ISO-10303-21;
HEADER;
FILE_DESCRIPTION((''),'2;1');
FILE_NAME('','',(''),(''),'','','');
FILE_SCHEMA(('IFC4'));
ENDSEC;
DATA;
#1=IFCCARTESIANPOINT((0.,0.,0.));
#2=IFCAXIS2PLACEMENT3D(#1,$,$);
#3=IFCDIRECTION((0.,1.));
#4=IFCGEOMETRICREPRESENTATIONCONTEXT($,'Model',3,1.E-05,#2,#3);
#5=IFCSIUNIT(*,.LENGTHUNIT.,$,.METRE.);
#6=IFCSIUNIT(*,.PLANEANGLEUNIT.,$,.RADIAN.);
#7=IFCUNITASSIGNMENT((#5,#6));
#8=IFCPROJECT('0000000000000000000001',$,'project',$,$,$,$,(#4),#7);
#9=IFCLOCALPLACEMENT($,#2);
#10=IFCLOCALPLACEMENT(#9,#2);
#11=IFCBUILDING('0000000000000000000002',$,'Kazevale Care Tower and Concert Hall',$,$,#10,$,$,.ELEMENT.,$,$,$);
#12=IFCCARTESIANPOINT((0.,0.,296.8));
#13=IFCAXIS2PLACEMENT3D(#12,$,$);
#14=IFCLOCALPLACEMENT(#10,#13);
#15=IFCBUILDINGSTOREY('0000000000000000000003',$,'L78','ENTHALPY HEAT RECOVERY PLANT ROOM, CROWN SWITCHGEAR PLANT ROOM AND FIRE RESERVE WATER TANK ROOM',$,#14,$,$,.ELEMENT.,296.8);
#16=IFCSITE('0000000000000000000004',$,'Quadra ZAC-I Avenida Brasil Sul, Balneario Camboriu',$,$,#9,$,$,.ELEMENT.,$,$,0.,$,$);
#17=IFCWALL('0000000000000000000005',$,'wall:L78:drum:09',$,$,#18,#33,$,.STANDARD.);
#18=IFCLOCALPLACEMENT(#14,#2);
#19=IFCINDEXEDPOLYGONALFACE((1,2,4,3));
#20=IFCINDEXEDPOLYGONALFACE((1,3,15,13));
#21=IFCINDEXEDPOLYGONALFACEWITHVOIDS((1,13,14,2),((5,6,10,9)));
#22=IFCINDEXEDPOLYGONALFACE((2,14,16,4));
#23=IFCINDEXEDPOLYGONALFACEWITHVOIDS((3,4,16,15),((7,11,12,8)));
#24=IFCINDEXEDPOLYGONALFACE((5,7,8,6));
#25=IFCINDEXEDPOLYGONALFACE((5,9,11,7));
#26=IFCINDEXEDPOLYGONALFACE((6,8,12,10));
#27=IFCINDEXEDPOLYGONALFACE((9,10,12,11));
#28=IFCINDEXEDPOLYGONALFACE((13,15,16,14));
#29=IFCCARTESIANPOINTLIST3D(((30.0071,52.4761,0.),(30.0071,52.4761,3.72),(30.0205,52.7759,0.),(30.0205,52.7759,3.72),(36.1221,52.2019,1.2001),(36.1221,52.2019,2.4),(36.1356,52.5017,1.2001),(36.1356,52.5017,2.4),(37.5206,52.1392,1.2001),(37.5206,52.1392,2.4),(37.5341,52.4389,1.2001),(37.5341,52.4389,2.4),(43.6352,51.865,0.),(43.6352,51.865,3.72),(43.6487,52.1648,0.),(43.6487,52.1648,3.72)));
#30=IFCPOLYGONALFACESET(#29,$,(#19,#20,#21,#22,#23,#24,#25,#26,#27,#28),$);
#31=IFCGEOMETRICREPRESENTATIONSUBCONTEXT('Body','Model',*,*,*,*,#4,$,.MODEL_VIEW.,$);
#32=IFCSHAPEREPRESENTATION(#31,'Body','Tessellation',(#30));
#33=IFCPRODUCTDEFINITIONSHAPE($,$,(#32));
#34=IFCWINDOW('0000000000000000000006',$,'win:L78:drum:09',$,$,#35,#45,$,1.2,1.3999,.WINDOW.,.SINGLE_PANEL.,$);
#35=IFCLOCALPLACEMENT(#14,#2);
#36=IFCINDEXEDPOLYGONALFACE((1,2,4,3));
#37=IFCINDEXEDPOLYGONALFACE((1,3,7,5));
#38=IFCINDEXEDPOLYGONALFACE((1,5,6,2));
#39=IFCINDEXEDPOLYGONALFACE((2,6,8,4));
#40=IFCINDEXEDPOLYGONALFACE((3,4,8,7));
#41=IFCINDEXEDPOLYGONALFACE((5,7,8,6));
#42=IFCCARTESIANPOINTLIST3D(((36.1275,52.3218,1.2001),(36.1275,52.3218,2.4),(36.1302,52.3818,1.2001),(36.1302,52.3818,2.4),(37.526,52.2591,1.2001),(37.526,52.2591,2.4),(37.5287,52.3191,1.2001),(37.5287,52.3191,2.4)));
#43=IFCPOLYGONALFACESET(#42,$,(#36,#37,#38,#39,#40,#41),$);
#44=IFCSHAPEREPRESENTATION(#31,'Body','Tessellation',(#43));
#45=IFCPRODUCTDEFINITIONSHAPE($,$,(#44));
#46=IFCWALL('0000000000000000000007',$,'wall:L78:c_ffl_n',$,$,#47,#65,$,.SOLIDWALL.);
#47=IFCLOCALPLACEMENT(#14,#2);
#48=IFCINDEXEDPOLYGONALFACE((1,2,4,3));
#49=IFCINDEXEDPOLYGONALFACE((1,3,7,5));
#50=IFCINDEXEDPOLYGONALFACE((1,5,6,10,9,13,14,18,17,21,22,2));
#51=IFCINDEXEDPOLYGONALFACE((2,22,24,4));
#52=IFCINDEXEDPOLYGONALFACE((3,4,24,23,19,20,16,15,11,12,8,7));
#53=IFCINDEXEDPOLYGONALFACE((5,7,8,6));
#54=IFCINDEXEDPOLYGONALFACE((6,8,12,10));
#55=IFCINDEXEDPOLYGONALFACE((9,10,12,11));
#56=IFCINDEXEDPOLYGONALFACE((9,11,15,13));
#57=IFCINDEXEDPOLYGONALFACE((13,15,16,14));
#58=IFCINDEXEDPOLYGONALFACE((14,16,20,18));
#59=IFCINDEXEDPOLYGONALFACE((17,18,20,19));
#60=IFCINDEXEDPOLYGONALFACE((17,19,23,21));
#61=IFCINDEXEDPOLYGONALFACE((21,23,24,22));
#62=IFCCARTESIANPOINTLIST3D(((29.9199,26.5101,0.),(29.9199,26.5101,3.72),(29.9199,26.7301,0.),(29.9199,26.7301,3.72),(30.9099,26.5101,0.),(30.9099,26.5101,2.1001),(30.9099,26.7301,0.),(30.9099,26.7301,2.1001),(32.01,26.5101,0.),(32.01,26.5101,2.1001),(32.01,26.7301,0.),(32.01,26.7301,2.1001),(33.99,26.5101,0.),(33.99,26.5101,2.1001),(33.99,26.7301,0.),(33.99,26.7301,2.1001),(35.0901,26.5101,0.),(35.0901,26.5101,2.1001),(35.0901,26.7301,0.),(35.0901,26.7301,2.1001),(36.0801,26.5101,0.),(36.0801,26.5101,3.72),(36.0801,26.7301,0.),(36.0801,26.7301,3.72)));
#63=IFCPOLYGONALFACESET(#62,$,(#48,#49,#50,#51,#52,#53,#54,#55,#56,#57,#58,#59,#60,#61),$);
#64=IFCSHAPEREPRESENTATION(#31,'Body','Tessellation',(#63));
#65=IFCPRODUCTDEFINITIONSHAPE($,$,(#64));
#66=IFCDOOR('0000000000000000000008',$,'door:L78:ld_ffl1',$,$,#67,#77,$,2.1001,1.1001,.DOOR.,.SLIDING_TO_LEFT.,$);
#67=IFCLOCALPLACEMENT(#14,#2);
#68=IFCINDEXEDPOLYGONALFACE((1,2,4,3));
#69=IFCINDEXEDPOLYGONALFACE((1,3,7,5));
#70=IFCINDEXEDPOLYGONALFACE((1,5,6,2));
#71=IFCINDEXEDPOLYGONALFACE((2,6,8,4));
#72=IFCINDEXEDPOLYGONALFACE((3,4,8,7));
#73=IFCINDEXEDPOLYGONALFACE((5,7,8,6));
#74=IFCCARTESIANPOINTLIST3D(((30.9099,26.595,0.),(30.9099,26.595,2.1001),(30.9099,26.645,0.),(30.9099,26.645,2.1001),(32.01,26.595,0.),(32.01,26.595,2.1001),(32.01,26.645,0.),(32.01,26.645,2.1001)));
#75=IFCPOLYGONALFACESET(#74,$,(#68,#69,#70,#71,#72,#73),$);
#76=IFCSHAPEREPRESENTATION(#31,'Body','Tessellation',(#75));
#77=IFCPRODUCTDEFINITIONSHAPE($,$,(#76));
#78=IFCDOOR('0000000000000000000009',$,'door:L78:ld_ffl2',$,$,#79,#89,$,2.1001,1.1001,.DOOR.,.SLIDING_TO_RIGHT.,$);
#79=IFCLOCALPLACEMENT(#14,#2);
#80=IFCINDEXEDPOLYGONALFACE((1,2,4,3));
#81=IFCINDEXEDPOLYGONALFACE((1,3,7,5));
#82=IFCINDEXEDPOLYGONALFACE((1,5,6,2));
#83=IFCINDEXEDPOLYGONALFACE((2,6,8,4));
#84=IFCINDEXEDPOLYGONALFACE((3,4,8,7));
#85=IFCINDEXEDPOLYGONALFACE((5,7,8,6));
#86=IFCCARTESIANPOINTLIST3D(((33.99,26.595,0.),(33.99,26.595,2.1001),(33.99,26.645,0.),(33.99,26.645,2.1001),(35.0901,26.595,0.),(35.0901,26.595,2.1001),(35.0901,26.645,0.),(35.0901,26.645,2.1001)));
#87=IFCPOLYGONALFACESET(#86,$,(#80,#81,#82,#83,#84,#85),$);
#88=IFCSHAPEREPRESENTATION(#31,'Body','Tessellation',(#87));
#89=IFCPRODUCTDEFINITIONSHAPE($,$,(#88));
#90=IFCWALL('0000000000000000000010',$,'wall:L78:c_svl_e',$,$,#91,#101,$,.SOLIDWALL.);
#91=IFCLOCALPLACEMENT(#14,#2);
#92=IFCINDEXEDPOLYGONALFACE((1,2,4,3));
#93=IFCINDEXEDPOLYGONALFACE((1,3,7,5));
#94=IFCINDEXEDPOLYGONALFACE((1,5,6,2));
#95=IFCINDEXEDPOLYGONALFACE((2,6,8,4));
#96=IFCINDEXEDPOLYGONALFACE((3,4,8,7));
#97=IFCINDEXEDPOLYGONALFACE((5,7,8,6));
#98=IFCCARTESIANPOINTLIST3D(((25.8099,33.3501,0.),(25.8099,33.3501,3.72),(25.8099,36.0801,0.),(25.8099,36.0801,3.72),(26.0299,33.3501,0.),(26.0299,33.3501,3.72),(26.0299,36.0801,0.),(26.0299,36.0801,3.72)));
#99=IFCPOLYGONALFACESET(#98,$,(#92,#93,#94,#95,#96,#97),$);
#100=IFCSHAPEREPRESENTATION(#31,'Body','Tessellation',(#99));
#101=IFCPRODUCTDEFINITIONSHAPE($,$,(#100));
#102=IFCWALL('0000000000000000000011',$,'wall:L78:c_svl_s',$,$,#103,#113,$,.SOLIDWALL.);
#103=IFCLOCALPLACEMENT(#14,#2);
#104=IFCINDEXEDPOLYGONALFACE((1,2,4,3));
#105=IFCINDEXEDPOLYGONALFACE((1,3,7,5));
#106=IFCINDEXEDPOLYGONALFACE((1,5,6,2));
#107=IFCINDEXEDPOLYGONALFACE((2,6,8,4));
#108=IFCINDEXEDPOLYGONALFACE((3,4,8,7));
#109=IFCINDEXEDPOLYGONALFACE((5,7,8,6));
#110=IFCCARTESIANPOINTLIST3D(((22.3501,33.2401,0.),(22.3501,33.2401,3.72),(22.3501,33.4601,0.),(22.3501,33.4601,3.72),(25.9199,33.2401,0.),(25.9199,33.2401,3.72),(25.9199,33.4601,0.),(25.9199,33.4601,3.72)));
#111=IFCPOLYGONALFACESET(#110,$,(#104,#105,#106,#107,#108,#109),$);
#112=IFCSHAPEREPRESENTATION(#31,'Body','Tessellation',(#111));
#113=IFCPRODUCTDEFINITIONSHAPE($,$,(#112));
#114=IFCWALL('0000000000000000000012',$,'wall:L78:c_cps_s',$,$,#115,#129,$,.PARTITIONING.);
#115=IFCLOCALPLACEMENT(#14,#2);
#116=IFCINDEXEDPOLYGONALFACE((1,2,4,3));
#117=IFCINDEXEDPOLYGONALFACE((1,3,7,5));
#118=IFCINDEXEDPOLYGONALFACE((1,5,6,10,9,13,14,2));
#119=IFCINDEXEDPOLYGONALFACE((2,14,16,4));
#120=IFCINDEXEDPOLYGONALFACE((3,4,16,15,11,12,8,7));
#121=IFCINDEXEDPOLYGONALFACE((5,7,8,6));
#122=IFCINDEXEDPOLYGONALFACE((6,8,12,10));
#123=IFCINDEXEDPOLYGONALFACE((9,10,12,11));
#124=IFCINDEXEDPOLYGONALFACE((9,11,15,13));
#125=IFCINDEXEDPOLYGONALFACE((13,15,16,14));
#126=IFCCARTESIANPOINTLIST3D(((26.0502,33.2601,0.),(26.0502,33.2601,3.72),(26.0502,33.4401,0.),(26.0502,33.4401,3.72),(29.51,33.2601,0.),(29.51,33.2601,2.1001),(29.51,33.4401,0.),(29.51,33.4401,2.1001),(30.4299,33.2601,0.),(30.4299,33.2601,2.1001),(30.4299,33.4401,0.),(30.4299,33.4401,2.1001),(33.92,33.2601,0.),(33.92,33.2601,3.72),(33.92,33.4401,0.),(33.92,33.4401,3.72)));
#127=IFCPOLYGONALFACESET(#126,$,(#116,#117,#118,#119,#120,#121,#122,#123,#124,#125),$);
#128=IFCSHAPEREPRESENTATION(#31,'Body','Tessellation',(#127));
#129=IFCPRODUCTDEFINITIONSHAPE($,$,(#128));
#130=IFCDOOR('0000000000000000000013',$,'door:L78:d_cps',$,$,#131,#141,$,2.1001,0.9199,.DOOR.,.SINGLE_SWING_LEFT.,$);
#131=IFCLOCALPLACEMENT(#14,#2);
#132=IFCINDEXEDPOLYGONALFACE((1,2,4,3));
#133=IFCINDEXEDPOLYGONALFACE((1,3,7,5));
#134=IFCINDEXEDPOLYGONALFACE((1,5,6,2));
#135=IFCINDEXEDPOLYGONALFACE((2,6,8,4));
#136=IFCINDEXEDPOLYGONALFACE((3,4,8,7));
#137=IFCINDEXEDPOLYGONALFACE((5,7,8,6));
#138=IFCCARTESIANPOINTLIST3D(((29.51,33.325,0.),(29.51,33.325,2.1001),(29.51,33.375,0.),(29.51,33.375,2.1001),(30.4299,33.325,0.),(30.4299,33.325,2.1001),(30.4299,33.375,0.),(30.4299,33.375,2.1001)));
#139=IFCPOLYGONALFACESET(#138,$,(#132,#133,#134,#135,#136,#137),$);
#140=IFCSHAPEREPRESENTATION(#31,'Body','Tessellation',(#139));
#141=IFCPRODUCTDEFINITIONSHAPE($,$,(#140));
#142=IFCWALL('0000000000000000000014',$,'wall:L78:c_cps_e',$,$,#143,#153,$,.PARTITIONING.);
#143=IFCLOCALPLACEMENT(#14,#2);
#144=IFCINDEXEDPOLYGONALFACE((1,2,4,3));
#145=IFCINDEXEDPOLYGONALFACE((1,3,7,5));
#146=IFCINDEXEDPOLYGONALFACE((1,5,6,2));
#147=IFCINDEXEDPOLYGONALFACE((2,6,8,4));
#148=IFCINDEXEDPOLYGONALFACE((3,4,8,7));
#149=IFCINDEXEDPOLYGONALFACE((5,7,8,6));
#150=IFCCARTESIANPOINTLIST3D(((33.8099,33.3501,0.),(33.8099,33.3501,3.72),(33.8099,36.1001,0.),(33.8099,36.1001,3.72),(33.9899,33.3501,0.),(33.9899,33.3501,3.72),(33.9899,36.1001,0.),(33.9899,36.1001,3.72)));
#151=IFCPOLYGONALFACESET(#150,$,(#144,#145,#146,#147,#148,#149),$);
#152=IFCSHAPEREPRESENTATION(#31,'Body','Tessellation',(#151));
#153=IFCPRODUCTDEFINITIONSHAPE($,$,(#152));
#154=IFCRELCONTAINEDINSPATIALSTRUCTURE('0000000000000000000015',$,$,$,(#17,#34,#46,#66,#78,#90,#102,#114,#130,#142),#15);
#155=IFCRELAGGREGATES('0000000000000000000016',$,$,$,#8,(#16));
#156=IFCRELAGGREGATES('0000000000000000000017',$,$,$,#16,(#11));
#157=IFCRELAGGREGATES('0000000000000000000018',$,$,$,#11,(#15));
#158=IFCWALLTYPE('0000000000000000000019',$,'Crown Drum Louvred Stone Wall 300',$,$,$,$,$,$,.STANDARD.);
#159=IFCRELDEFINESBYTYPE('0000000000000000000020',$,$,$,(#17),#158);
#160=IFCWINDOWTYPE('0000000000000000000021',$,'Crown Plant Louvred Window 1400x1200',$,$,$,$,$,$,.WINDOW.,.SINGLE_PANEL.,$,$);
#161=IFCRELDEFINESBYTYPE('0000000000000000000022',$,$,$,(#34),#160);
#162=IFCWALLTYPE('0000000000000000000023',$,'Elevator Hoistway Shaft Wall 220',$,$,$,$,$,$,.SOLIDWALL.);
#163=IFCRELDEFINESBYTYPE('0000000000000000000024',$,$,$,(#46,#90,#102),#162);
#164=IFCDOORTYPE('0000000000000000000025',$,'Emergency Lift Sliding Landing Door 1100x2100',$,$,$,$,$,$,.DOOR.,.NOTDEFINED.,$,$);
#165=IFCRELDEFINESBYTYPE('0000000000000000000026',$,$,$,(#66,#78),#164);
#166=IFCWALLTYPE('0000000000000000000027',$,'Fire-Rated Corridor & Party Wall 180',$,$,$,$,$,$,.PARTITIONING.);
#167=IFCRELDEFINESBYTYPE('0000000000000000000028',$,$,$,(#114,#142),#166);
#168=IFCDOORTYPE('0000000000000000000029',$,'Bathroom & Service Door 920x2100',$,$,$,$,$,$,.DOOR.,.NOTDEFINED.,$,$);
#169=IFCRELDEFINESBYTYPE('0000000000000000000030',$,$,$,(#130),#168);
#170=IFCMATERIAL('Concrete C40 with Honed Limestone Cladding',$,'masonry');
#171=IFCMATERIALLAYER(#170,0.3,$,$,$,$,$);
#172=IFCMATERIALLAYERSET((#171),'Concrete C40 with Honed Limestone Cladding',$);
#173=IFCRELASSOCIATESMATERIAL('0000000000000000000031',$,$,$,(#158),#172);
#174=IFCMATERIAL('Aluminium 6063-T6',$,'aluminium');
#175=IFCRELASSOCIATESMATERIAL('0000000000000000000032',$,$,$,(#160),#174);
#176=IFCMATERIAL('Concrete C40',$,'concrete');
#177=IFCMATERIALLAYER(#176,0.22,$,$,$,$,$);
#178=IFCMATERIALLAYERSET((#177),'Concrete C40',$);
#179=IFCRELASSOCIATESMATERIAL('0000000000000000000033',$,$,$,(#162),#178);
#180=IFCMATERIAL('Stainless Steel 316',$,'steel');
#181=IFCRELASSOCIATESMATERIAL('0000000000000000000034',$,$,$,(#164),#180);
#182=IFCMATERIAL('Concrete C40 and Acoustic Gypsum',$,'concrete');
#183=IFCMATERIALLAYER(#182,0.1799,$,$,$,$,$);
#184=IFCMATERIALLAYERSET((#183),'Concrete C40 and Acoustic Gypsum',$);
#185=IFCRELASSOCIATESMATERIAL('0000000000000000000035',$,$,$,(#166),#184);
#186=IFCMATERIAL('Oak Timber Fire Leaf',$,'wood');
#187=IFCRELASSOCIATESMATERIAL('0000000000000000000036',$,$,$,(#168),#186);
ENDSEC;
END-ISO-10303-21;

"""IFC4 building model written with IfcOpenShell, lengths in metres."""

from ifc_helpers import new_model, si_unit, direction, frame, frame_2d, origin, place, context, subcontext, project, spatial, rectangle, extrude, material, layer, layer_set, type_object, element, fill, save


model = new_model("IFC4")

# Units and contexts
model_context = context("Model", 3, precision=1e-05, world=origin(), true_north=direction((0.0, 1.0)))
body_context = subcontext(model_context, "Body", "Model", "MODEL_VIEW")
ifc_project = project(units=[si_unit("LENGTHUNIT", "METRE"), si_unit("PLANEANGLEUNIT", "RADIAN")], contexts=[model_context])

# Site, building, storey
site_placement = place(None, origin())
site = spatial("IfcSite", under=ifc_project, at=site_placement, Name="Quadra ZAC-I Avenida Brasil Sul, Balneario Camboriu", CompositionType="ELEMENT", RefElevation=0.0)
building_placement = place(site_placement, origin())
building = spatial("IfcBuilding", under=site, at=building_placement, Name="Kazevale Care Tower and Concert Hall", CompositionType="ELEMENT")
storey_placement = place(building_placement, frame((0.0, 0.0, 296.8)))
storey = spatial("IfcBuildingStorey", under=building, at=storey_placement, Name="L78", Description="ENTHALPY HEAT RECOVERY PLANT ROOM, CROWN SWITCHGEAR PLANT ROOM AND FIRE RESERVE WATER TANK ROOM", CompositionType="ELEMENT", Elevation=296.8)

# Shared definitions
ifc_material_1 = material(Name="Concrete C40 with Honed Limestone Cladding", Category="masonry")
ifc_layer_1 = layer(ifc_material_1, 0.3)
ifc_layer_set_1 = layer_set([ifc_layer_1], Name="Concrete C40 with Honed Limestone Cladding")
wall_type_1 = type_object("IfcWallType", Name="Crown Drum Louvred Stone Wall 300", PredefinedType="STANDARD", material=ifc_layer_set_1)

# Shared definitions
ifc_material_2 = material(Name="Aluminium 6063-T6", Category="aluminium")
window_type = type_object("IfcWindowType", Name="Crown Plant Louvred Window 1400x1200", PartitioningType="SINGLE_PANEL", PredefinedType="WINDOW", material=ifc_material_2)

# Wall, opening, window
wall_1_placement = place(storey_placement, frame((30.0139, 52.626, 0.0), z_axis=(0.0, 0.0, 1.0), x_axis=(0.998996, -0.044795, 0.0)))
wall_1 = element("IfcWall", 1, at=wall_1_placement, inside=storey, type_object=wall_type_1, Name="wall:L78:drum:09", PredefinedType="STANDARD", context=body_context, shape_type="SweptSolid", body=[
    extrude(rectangle(XDim=13.6418, YDim=0.3, at=frame_2d((6.8208, 0.0))), origin(), (0.0, 0.0, 1.0), 3.72),
])
opening_1_placement = place(wall_1_placement, frame((6.1211, 0.0, 1.2)))
opening_1 = element("IfcOpeningElement", 2, at=opening_1_placement, cuts=wall_1, PredefinedType="OPENING", context=body_context, shape_type="SweptSolid", body=[
    extrude(rectangle(XDim=1.3999, YDim=1.2, at=frame_2d((0.7, 0.6001))), frame((0.0, 0.1599, 0.0), z_axis=(0.0, -1.0, 0.0), x_axis=(1.0, 0.0, 0.0)), (0.0, 0.0, 1.0), 0.3201),
])
window_1_placement = place(opening_1_placement, origin())
window_1 = element("IfcWindow", 3, at=window_1_placement, inside=storey, type_object=window_type, Name="win:L78:drum:09", OverallHeight=1.2, OverallWidth=1.3999, PartitioningType="SINGLE_PANEL", PredefinedType="WINDOW", context=body_context, shape_type="SweptSolid", body=[
    extrude(rectangle(XDim=1.3999, YDim=1.2, at=frame_2d((0.7, 0.6001))), frame((0.0, 0.03, 0.0), z_axis=(0.0, -1.0, 0.0), x_axis=(1.0, 0.0, 0.0)), (0.0, 0.0, 1.0), 0.0601),
])
fill(opening_1, window_1)

# Wall, openings, doors
ifc_material_3 = material(Name="Concrete C40", Category="concrete")
ifc_layer_2 = layer(ifc_material_3, 0.22)
ifc_layer_set_2 = layer_set([ifc_layer_2], Name="Concrete C40")
wall_type_2 = type_object("IfcWallType", Name="Elevator Hoistway Shaft Wall 220", PredefinedType="SOLIDWALL", material=ifc_layer_set_2)
wall_2_placement = place(storey_placement, frame((29.9199, 26.6201, 0.0), z_axis=(0.0, 0.0, 1.0), x_axis=(1.0, 0.0, 0.0)))
wall_2 = element("IfcWall", 4, at=wall_2_placement, inside=storey, type_object=wall_type_2, Name="wall:L78:c_ffl_n", PredefinedType="SOLIDWALL", context=body_context, shape_type="SweptSolid", body=[
    extrude(rectangle(XDim=6.1602, YDim=0.22, at=frame_2d((3.0801, 0.0))), origin(), (0.0, 0.0, 1.0), 3.72),
])
opening_2_placement = place(wall_2_placement, frame((0.99, 0.0, 0.0)))
opening_2 = element("IfcOpeningElement", 5, at=opening_2_placement, cuts=wall_2, PredefinedType="OPENING", context=body_context, shape_type="SweptSolid", body=[
    extrude(rectangle(XDim=1.1001, YDim=2.1001, at=frame_2d((0.55, 1.05))), frame((0.0, 0.1199, 0.0), z_axis=(0.0, -1.0, 0.0), x_axis=(1.0, 0.0, 0.0)), (0.0, 0.0, 1.0), 0.24),
])
opening_3_placement = place(wall_2_placement, frame((4.0701, 0.0, 0.0)))
opening_3 = element("IfcOpeningElement", 6, at=opening_3_placement, cuts=wall_2, PredefinedType="OPENING", context=body_context, shape_type="SweptSolid", body=[
    extrude(rectangle(XDim=1.1001, YDim=2.1001, at=frame_2d((0.55, 1.05))), frame((0.0, 0.1199, 0.0), z_axis=(0.0, -1.0, 0.0), x_axis=(1.0, 0.0, 0.0)), (0.0, 0.0, 1.0), 0.24),
])
ifc_material_4 = material(Name="Stainless Steel 316", Category="steel")
door_type_1 = type_object("IfcDoorType", Name="Emergency Lift Sliding Landing Door 1100x2100", OperationType="NOTDEFINED", PredefinedType="DOOR", material=ifc_material_4)
door_1_placement = place(opening_2_placement, origin())
door_1 = element("IfcDoor", 7, at=door_1_placement, inside=storey, type_object=door_type_1, Name="door:L78:ld_ffl1", OperationType="SLIDING_TO_LEFT", OverallHeight=2.1001, OverallWidth=1.1001, PredefinedType="DOOR", context=body_context, shape_type="SweptSolid", body=[
    extrude(rectangle(XDim=1.1001, YDim=2.1001, at=frame_2d((0.55, 1.05))), frame((0.0, 0.0249, 0.0), z_axis=(0.0, -1.0, 0.0), x_axis=(1.0, 0.0, 0.0)), (0.0, 0.0, 1.0), 0.05),
])
fill(opening_2, door_1)
door_2_placement = place(opening_3_placement, origin())
door_2 = element("IfcDoor", 8, at=door_2_placement, inside=storey, type_object=door_type_1, Name="door:L78:ld_ffl2", OperationType="SLIDING_TO_RIGHT", OverallHeight=2.1001, OverallWidth=1.1001, PredefinedType="DOOR", context=body_context, shape_type="SweptSolid", body=[
    extrude(rectangle(XDim=1.1001, YDim=2.1001, at=frame_2d((0.55, 1.05))), frame((0.0, 0.0249, 0.0), z_axis=(0.0, -1.0, 0.0), x_axis=(1.0, 0.0, 0.0)), (0.0, 0.0, 1.0), 0.05),
])
fill(opening_3, door_2)

# Walls
wall_3_placement = place(storey_placement, frame((25.9199, 33.3501, 0.0), z_axis=(0.0, 0.0, 1.0), x_axis=(0.0, 1.0, 0.0)))
element("IfcWall", 9, at=wall_3_placement, inside=storey, type_object=wall_type_2, Name="wall:L78:c_svl_e", PredefinedType="SOLIDWALL", context=body_context, shape_type="SweptSolid", body=[
    extrude(rectangle(XDim=2.73, YDim=0.22, at=frame_2d((1.365, 0.0))), origin(), (0.0, 0.0, 1.0), 3.72),
])
wall_4_placement = place(storey_placement, frame((22.3501, 33.3501, 0.0), z_axis=(0.0, 0.0, 1.0), x_axis=(1.0, 0.0, 0.0)))
element("IfcWall", 10, at=wall_4_placement, inside=storey, type_object=wall_type_2, Name="wall:L78:c_svl_s", PredefinedType="SOLIDWALL", context=body_context, shape_type="SweptSolid", body=[
    extrude(rectangle(XDim=3.5698, YDim=0.22, at=frame_2d((1.7849, 0.0))), origin(), (0.0, 0.0, 1.0), 3.72),
])

# Wall, opening, door
ifc_material_5 = material(Name="Concrete C40 and Acoustic Gypsum", Category="concrete")
ifc_layer_3 = layer(ifc_material_5, 0.1799)
ifc_layer_set_3 = layer_set([ifc_layer_3], Name="Concrete C40 and Acoustic Gypsum")
wall_type_3 = type_object("IfcWallType", Name="Fire-Rated Corridor & Party Wall 180", PredefinedType="PARTITIONING", material=ifc_layer_set_3)
wall_5_placement = place(storey_placement, frame((26.05, 33.3501, 0.0), z_axis=(0.0, 0.0, 1.0), x_axis=(1.0, 0.0, 0.0)))
wall_5 = element("IfcWall", 11, at=wall_5_placement, inside=storey, type_object=wall_type_3, Name="wall:L78:c_cps_s", PredefinedType="PARTITIONING", context=body_context, shape_type="SweptSolid", body=[
    extrude(rectangle(XDim=7.8699, YDim=0.1799, at=frame_2d((3.9351, 0.0))), origin(), (0.0, 0.0, 1.0), 3.72),
])
opening_4_placement = place(wall_5_placement, frame((3.46, 0.0, 0.0)))
opening_4 = element("IfcOpeningElement", 12, at=opening_4_placement, cuts=wall_5, PredefinedType="OPENING", context=body_context, shape_type="SweptSolid", body=[
    extrude(rectangle(XDim=0.9199, YDim=2.1001, at=frame_2d((0.46, 1.05))), frame((0.0, 0.0999, 0.0), z_axis=(0.0, -1.0, 0.0), x_axis=(1.0, 0.0, 0.0)), (0.0, 0.0, 1.0), 0.2),
])
ifc_material_6 = material(Name="Oak Timber Fire Leaf", Category="wood")
door_type_2 = type_object("IfcDoorType", Name="Bathroom & Service Door 920x2100", OperationType="NOTDEFINED", PredefinedType="DOOR", material=ifc_material_6)
door_3_placement = place(opening_4_placement, origin())
door_3 = element("IfcDoor", 13, at=door_3_placement, inside=storey, type_object=door_type_2, Name="door:L78:d_cps", OperationType="SINGLE_SWING_LEFT", OverallHeight=2.1001, OverallWidth=0.9199, PredefinedType="DOOR", context=body_context, shape_type="SweptSolid", body=[
    extrude(rectangle(XDim=0.9199, YDim=2.1001, at=frame_2d((0.46, 1.05))), frame((0.0, 0.0249, 0.0), z_axis=(0.0, -1.0, 0.0), x_axis=(1.0, 0.0, 0.0)), (0.0, 0.0, 1.0), 0.05),
])
fill(opening_4, door_3)

# Wall
wall_6_placement = place(storey_placement, frame((33.8999, 33.3501, 0.0), z_axis=(0.0, 0.0, 1.0), x_axis=(0.0, 1.0, 0.0)))
element("IfcWall", 14, at=wall_6_placement, inside=storey, type_object=wall_type_3, Name="wall:L78:c_cps_e", PredefinedType="PARTITIONING", context=body_context, shape_type="SweptSolid", body=[
    extrude(rectangle(XDim=2.75, YDim=0.1799, at=frame_2d((1.375, 0.0))), origin(), (0.0, 0.0, 1.0), 3.72),
])

save(model, "model.ifc")
